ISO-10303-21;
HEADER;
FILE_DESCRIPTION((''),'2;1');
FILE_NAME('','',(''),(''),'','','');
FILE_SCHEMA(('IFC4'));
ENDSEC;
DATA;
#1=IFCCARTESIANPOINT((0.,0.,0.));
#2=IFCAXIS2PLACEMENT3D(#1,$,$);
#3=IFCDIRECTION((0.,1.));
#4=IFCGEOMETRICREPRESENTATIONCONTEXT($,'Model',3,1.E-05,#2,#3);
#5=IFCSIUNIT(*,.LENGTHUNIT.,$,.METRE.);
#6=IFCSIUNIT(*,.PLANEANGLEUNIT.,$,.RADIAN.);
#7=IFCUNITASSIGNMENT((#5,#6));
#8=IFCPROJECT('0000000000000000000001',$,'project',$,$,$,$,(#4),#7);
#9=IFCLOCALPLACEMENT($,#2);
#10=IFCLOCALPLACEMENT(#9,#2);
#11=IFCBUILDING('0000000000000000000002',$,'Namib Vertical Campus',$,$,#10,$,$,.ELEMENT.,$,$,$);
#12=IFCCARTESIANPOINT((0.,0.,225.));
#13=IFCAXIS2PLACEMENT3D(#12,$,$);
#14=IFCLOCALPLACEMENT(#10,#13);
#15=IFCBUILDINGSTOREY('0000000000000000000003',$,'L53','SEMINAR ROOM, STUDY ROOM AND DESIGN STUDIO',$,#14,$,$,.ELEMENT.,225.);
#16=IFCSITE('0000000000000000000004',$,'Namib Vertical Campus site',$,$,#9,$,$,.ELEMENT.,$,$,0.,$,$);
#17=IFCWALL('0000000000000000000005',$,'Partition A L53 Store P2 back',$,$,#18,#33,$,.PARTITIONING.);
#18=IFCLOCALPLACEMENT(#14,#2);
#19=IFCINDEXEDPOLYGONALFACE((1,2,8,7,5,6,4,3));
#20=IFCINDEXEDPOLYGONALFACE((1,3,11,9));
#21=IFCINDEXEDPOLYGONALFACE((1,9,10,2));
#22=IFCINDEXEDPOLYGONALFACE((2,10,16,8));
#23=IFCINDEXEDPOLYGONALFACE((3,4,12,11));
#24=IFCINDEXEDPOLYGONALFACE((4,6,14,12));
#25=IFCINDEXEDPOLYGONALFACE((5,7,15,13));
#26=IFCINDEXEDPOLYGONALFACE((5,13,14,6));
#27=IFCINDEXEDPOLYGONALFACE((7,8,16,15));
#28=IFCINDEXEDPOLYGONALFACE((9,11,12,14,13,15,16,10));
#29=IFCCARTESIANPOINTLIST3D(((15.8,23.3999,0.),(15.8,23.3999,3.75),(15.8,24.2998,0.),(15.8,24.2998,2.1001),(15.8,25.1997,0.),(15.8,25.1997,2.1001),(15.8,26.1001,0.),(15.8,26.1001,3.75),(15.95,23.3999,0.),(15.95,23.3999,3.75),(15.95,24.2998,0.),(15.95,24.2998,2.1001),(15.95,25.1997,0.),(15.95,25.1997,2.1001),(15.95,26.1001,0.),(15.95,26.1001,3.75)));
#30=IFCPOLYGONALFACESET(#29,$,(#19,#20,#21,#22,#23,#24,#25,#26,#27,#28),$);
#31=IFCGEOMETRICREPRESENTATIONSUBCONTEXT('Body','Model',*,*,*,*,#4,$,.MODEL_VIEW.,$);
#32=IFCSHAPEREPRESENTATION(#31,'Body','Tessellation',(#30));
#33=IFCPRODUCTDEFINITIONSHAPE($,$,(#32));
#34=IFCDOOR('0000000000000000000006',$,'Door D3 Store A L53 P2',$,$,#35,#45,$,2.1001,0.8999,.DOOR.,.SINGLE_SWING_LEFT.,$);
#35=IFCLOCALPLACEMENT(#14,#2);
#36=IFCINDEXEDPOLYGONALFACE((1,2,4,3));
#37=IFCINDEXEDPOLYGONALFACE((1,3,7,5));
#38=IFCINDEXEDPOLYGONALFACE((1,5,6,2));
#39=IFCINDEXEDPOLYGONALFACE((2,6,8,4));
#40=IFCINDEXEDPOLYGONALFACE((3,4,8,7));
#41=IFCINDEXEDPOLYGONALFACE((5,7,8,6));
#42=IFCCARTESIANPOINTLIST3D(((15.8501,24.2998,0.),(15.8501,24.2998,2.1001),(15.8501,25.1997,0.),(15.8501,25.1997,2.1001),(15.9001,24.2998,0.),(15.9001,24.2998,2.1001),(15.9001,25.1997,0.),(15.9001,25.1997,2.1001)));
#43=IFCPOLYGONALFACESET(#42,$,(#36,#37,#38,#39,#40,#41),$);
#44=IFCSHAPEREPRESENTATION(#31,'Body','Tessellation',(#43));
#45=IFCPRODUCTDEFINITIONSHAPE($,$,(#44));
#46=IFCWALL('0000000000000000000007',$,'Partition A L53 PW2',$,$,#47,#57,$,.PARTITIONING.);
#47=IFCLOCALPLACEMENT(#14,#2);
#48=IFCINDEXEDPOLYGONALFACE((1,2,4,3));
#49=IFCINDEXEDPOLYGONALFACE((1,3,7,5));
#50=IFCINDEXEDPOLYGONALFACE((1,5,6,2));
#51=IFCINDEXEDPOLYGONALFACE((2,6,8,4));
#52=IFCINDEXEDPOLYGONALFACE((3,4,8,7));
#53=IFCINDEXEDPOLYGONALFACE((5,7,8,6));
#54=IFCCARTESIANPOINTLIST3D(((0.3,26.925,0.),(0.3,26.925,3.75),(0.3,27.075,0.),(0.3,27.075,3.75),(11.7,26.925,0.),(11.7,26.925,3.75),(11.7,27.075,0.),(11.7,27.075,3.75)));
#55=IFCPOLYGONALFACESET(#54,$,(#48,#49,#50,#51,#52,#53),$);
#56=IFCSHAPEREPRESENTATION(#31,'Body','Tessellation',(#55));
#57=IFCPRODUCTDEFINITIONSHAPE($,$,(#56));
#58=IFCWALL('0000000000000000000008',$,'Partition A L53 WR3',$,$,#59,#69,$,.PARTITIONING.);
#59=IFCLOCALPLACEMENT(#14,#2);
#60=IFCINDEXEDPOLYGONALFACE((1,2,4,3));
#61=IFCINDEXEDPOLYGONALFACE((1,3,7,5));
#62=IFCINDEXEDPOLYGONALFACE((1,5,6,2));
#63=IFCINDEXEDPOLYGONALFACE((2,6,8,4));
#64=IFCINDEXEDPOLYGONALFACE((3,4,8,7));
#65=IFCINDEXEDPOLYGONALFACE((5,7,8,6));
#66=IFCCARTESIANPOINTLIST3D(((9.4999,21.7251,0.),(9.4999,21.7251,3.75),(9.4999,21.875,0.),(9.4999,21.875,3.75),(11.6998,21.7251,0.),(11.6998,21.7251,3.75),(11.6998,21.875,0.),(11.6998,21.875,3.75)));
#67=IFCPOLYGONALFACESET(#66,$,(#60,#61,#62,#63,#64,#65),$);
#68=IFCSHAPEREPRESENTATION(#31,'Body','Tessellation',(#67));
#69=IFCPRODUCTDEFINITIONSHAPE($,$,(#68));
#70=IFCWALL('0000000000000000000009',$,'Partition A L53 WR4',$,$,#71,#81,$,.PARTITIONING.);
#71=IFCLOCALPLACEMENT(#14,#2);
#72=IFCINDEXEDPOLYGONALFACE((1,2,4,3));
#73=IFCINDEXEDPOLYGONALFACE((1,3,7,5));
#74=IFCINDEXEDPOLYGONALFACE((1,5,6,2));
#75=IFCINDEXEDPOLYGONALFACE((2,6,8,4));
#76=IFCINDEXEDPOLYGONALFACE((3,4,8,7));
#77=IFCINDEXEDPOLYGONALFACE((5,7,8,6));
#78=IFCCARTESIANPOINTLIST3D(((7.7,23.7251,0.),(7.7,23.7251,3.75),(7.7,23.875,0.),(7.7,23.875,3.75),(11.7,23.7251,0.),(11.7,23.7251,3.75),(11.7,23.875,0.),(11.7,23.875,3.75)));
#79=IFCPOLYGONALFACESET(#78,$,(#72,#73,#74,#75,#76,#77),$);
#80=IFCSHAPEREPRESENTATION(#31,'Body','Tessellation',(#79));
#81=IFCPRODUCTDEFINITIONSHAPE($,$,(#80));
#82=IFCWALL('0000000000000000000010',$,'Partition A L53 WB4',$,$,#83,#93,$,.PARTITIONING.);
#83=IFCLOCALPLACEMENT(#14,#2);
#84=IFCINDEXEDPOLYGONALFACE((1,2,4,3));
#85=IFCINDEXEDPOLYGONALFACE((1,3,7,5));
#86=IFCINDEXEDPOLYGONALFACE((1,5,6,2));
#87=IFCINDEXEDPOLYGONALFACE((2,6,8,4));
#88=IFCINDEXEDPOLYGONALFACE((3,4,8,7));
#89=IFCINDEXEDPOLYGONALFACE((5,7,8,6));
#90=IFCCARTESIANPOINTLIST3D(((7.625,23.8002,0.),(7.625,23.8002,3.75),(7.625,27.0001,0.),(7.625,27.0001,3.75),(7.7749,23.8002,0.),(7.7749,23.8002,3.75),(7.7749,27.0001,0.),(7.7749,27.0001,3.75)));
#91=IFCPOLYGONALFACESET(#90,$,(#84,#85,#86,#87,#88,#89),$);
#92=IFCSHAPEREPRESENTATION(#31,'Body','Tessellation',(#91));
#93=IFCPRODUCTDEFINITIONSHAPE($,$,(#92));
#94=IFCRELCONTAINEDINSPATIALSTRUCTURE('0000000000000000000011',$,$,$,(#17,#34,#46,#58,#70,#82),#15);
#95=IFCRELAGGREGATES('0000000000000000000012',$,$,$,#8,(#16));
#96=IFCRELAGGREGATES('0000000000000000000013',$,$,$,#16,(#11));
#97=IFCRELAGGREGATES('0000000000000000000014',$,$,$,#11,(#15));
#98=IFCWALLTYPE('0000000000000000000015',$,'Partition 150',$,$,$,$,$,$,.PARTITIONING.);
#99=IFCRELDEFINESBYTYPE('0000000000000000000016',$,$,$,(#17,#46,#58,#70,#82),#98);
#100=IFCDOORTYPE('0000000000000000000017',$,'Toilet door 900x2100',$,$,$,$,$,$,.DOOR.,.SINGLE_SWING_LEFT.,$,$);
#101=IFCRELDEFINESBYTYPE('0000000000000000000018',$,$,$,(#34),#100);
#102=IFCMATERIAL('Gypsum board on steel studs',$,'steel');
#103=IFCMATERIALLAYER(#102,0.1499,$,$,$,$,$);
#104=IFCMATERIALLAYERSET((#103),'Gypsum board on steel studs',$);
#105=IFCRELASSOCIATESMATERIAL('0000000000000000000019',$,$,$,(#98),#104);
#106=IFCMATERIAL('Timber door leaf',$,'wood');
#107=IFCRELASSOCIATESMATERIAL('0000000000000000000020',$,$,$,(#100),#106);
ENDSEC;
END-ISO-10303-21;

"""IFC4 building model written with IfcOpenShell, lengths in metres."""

from ifc_helpers import new_model, si_unit, direction, frame, frame_2d, origin, place, context, subcontext, project, spatial, rectangle, extrude, material, layer, layer_set, type_object, element, fill, save


model = new_model("IFC4")

# Units and contexts
model_context = context("Model", 3, precision=1e-05, world=origin(), true_north=direction((0.0, 1.0)))
body_context = subcontext(model_context, "Body", "Model", "MODEL_VIEW")
ifc_project = project(units=[si_unit("LENGTHUNIT", "METRE"), si_unit("PLANEANGLEUNIT", "RADIAN")], contexts=[model_context])

# Site, building, storey
site_placement = place(None, origin())
site = spatial("IfcSite", under=ifc_project, at=site_placement, Name="Namib Vertical Campus site", CompositionType="ELEMENT", RefElevation=0.0)
building_placement = place(site_placement, origin())
building = spatial("IfcBuilding", under=site, at=building_placement, Name="Namib Vertical Campus", CompositionType="ELEMENT")
storey_placement = place(building_placement, frame((0.0, 0.0, 225.0)))
storey = spatial("IfcBuildingStorey", under=building, at=storey_placement, Name="L53", Description="SEMINAR ROOM, STUDY ROOM AND DESIGN STUDIO", CompositionType="ELEMENT", Elevation=225.0)

# Wall, opening, door
ifc_material_1 = material(Name="Gypsum board on steel studs", Category="steel")
ifc_layer_1 = layer(ifc_material_1, 0.1499)
ifc_layer_set_1 = layer_set([ifc_layer_1], Name="Gypsum board on steel studs")
wall_type_1 = type_object("IfcWallType", Name="Partition 150", PredefinedType="PARTITIONING", material=ifc_layer_set_1)
wall_1_placement = place(storey_placement, frame((15.875, 23.3999, 0.0), z_axis=(0.0, 0.0, 1.0), x_axis=(0.0, 1.0, 0.0)))
wall_1 = element("IfcWall", 1, at=wall_1_placement, inside=storey, type_object=wall_type_1, Name="Partition A L53 Store P2 back", PredefinedType="PARTITIONING", context=body_context, shape_type="SweptSolid", body=[
    extrude(rectangle(XDim=2.7002, YDim=0.1499, at=frame_2d((1.3501, 0.0))), origin(), (0.0, 0.0, 1.0), 3.75),
])
opening_1_placement = place(wall_1_placement, frame((0.8999, 0.0, 0.0)))
opening_1 = element("IfcOpeningElement", 2, at=opening_1_placement, cuts=wall_1, PredefinedType="OPENING", context=body_context, shape_type="SweptSolid", body=[
    extrude(rectangle(XDim=0.8999, YDim=2.1001, at=frame_2d((0.45, 1.05))), frame((0.0, 0.085, 0.0), z_axis=(0.0, -1.0, 0.0), x_axis=(1.0, 0.0, 0.0)), (0.0, 0.0, 1.0), 0.1699),
])
ifc_material_2 = material(Name="Timber door leaf", Category="wood")
door_type_1 = type_object("IfcDoorType", Name="Toilet door 900x2100", OperationType="SINGLE_SWING_LEFT", PredefinedType="DOOR", material=ifc_material_2)
door_1_placement = place(opening_1_placement, origin())
door_1 = element("IfcDoor", 3, at=door_1_placement, inside=storey, type_object=door_type_1, Name="Door D3 Store A L53 P2", OperationType="SINGLE_SWING_LEFT", OverallHeight=2.1001, OverallWidth=0.8999, PredefinedType="DOOR", context=body_context, shape_type="SweptSolid", body=[
    extrude(rectangle(XDim=0.8999, YDim=2.1001, at=frame_2d((0.45, 1.05))), frame((0.0, 0.0249, 0.0), z_axis=(0.0, -1.0, 0.0), x_axis=(1.0, 0.0, 0.0)), (0.0, 0.0, 1.0), 0.05),
])
fill(opening_1, door_1)

# Walls
wall_2_placement = place(storey_placement, frame((0.3, 27.0, 0.0), z_axis=(0.0, 0.0, 1.0), x_axis=(1.0, 0.0, 0.0)))
element("IfcWall", 4, at=wall_2_placement, inside=storey, type_object=wall_type_1, Name="Partition A L53 PW2", PredefinedType="PARTITIONING", context=body_context, shape_type="SweptSolid", body=[
    extrude(rectangle(XDim=11.3999, YDim=0.1499, at=frame_2d((5.7, 0.0))), origin(), (0.0, 0.0, 1.0), 3.75),
])
wall_3_placement = place(storey_placement, frame((11.7, 21.8, 0.0), z_axis=(0.0, 0.0, 1.0), x_axis=(-1.0, 0.0, 0.0)))
element("IfcWall", 5, at=wall_3_placement, inside=storey, type_object=wall_type_1, Name="Partition A L53 WR3", PredefinedType="PARTITIONING", context=body_context, shape_type="SweptSolid", body=[
    extrude(rectangle(XDim=2.2, YDim=0.1499, at=frame_2d((1.1001, 0.0))), origin(), (0.0, 0.0, 1.0), 3.75),
])
wall_4_placement = place(storey_placement, frame((11.7, 23.8, 0.0), z_axis=(0.0, 0.0, 1.0), x_axis=(-1.0, 0.0, 0.0)))
element("IfcWall", 6, at=wall_4_placement, inside=storey, type_object=wall_type_1, Name="Partition A L53 WR4", PredefinedType="PARTITIONING", context=body_context, shape_type="SweptSolid", body=[
    extrude(rectangle(XDim=4.0, YDim=0.1499, at=frame_2d((2.0, 0.0))), origin(), (0.0, 0.0, 1.0), 3.75),
])
wall_5_placement = place(storey_placement, frame((7.7, 23.8, 0.0), z_axis=(0.0, 0.0, 1.0), x_axis=(0.0, 1.0, 0.0)))
element("IfcWall", 7, at=wall_5_placement, inside=storey, type_object=wall_type_1, Name="Partition A L53 WB4", PredefinedType="PARTITIONING", context=body_context, shape_type="SweptSolid", body=[
    extrude(rectangle(XDim=3.2, YDim=0.1499, at=frame_2d((1.6001, 0.0))), origin(), (0.0, 0.0, 1.0), 3.75),
])

save(model, "model.ifc")
